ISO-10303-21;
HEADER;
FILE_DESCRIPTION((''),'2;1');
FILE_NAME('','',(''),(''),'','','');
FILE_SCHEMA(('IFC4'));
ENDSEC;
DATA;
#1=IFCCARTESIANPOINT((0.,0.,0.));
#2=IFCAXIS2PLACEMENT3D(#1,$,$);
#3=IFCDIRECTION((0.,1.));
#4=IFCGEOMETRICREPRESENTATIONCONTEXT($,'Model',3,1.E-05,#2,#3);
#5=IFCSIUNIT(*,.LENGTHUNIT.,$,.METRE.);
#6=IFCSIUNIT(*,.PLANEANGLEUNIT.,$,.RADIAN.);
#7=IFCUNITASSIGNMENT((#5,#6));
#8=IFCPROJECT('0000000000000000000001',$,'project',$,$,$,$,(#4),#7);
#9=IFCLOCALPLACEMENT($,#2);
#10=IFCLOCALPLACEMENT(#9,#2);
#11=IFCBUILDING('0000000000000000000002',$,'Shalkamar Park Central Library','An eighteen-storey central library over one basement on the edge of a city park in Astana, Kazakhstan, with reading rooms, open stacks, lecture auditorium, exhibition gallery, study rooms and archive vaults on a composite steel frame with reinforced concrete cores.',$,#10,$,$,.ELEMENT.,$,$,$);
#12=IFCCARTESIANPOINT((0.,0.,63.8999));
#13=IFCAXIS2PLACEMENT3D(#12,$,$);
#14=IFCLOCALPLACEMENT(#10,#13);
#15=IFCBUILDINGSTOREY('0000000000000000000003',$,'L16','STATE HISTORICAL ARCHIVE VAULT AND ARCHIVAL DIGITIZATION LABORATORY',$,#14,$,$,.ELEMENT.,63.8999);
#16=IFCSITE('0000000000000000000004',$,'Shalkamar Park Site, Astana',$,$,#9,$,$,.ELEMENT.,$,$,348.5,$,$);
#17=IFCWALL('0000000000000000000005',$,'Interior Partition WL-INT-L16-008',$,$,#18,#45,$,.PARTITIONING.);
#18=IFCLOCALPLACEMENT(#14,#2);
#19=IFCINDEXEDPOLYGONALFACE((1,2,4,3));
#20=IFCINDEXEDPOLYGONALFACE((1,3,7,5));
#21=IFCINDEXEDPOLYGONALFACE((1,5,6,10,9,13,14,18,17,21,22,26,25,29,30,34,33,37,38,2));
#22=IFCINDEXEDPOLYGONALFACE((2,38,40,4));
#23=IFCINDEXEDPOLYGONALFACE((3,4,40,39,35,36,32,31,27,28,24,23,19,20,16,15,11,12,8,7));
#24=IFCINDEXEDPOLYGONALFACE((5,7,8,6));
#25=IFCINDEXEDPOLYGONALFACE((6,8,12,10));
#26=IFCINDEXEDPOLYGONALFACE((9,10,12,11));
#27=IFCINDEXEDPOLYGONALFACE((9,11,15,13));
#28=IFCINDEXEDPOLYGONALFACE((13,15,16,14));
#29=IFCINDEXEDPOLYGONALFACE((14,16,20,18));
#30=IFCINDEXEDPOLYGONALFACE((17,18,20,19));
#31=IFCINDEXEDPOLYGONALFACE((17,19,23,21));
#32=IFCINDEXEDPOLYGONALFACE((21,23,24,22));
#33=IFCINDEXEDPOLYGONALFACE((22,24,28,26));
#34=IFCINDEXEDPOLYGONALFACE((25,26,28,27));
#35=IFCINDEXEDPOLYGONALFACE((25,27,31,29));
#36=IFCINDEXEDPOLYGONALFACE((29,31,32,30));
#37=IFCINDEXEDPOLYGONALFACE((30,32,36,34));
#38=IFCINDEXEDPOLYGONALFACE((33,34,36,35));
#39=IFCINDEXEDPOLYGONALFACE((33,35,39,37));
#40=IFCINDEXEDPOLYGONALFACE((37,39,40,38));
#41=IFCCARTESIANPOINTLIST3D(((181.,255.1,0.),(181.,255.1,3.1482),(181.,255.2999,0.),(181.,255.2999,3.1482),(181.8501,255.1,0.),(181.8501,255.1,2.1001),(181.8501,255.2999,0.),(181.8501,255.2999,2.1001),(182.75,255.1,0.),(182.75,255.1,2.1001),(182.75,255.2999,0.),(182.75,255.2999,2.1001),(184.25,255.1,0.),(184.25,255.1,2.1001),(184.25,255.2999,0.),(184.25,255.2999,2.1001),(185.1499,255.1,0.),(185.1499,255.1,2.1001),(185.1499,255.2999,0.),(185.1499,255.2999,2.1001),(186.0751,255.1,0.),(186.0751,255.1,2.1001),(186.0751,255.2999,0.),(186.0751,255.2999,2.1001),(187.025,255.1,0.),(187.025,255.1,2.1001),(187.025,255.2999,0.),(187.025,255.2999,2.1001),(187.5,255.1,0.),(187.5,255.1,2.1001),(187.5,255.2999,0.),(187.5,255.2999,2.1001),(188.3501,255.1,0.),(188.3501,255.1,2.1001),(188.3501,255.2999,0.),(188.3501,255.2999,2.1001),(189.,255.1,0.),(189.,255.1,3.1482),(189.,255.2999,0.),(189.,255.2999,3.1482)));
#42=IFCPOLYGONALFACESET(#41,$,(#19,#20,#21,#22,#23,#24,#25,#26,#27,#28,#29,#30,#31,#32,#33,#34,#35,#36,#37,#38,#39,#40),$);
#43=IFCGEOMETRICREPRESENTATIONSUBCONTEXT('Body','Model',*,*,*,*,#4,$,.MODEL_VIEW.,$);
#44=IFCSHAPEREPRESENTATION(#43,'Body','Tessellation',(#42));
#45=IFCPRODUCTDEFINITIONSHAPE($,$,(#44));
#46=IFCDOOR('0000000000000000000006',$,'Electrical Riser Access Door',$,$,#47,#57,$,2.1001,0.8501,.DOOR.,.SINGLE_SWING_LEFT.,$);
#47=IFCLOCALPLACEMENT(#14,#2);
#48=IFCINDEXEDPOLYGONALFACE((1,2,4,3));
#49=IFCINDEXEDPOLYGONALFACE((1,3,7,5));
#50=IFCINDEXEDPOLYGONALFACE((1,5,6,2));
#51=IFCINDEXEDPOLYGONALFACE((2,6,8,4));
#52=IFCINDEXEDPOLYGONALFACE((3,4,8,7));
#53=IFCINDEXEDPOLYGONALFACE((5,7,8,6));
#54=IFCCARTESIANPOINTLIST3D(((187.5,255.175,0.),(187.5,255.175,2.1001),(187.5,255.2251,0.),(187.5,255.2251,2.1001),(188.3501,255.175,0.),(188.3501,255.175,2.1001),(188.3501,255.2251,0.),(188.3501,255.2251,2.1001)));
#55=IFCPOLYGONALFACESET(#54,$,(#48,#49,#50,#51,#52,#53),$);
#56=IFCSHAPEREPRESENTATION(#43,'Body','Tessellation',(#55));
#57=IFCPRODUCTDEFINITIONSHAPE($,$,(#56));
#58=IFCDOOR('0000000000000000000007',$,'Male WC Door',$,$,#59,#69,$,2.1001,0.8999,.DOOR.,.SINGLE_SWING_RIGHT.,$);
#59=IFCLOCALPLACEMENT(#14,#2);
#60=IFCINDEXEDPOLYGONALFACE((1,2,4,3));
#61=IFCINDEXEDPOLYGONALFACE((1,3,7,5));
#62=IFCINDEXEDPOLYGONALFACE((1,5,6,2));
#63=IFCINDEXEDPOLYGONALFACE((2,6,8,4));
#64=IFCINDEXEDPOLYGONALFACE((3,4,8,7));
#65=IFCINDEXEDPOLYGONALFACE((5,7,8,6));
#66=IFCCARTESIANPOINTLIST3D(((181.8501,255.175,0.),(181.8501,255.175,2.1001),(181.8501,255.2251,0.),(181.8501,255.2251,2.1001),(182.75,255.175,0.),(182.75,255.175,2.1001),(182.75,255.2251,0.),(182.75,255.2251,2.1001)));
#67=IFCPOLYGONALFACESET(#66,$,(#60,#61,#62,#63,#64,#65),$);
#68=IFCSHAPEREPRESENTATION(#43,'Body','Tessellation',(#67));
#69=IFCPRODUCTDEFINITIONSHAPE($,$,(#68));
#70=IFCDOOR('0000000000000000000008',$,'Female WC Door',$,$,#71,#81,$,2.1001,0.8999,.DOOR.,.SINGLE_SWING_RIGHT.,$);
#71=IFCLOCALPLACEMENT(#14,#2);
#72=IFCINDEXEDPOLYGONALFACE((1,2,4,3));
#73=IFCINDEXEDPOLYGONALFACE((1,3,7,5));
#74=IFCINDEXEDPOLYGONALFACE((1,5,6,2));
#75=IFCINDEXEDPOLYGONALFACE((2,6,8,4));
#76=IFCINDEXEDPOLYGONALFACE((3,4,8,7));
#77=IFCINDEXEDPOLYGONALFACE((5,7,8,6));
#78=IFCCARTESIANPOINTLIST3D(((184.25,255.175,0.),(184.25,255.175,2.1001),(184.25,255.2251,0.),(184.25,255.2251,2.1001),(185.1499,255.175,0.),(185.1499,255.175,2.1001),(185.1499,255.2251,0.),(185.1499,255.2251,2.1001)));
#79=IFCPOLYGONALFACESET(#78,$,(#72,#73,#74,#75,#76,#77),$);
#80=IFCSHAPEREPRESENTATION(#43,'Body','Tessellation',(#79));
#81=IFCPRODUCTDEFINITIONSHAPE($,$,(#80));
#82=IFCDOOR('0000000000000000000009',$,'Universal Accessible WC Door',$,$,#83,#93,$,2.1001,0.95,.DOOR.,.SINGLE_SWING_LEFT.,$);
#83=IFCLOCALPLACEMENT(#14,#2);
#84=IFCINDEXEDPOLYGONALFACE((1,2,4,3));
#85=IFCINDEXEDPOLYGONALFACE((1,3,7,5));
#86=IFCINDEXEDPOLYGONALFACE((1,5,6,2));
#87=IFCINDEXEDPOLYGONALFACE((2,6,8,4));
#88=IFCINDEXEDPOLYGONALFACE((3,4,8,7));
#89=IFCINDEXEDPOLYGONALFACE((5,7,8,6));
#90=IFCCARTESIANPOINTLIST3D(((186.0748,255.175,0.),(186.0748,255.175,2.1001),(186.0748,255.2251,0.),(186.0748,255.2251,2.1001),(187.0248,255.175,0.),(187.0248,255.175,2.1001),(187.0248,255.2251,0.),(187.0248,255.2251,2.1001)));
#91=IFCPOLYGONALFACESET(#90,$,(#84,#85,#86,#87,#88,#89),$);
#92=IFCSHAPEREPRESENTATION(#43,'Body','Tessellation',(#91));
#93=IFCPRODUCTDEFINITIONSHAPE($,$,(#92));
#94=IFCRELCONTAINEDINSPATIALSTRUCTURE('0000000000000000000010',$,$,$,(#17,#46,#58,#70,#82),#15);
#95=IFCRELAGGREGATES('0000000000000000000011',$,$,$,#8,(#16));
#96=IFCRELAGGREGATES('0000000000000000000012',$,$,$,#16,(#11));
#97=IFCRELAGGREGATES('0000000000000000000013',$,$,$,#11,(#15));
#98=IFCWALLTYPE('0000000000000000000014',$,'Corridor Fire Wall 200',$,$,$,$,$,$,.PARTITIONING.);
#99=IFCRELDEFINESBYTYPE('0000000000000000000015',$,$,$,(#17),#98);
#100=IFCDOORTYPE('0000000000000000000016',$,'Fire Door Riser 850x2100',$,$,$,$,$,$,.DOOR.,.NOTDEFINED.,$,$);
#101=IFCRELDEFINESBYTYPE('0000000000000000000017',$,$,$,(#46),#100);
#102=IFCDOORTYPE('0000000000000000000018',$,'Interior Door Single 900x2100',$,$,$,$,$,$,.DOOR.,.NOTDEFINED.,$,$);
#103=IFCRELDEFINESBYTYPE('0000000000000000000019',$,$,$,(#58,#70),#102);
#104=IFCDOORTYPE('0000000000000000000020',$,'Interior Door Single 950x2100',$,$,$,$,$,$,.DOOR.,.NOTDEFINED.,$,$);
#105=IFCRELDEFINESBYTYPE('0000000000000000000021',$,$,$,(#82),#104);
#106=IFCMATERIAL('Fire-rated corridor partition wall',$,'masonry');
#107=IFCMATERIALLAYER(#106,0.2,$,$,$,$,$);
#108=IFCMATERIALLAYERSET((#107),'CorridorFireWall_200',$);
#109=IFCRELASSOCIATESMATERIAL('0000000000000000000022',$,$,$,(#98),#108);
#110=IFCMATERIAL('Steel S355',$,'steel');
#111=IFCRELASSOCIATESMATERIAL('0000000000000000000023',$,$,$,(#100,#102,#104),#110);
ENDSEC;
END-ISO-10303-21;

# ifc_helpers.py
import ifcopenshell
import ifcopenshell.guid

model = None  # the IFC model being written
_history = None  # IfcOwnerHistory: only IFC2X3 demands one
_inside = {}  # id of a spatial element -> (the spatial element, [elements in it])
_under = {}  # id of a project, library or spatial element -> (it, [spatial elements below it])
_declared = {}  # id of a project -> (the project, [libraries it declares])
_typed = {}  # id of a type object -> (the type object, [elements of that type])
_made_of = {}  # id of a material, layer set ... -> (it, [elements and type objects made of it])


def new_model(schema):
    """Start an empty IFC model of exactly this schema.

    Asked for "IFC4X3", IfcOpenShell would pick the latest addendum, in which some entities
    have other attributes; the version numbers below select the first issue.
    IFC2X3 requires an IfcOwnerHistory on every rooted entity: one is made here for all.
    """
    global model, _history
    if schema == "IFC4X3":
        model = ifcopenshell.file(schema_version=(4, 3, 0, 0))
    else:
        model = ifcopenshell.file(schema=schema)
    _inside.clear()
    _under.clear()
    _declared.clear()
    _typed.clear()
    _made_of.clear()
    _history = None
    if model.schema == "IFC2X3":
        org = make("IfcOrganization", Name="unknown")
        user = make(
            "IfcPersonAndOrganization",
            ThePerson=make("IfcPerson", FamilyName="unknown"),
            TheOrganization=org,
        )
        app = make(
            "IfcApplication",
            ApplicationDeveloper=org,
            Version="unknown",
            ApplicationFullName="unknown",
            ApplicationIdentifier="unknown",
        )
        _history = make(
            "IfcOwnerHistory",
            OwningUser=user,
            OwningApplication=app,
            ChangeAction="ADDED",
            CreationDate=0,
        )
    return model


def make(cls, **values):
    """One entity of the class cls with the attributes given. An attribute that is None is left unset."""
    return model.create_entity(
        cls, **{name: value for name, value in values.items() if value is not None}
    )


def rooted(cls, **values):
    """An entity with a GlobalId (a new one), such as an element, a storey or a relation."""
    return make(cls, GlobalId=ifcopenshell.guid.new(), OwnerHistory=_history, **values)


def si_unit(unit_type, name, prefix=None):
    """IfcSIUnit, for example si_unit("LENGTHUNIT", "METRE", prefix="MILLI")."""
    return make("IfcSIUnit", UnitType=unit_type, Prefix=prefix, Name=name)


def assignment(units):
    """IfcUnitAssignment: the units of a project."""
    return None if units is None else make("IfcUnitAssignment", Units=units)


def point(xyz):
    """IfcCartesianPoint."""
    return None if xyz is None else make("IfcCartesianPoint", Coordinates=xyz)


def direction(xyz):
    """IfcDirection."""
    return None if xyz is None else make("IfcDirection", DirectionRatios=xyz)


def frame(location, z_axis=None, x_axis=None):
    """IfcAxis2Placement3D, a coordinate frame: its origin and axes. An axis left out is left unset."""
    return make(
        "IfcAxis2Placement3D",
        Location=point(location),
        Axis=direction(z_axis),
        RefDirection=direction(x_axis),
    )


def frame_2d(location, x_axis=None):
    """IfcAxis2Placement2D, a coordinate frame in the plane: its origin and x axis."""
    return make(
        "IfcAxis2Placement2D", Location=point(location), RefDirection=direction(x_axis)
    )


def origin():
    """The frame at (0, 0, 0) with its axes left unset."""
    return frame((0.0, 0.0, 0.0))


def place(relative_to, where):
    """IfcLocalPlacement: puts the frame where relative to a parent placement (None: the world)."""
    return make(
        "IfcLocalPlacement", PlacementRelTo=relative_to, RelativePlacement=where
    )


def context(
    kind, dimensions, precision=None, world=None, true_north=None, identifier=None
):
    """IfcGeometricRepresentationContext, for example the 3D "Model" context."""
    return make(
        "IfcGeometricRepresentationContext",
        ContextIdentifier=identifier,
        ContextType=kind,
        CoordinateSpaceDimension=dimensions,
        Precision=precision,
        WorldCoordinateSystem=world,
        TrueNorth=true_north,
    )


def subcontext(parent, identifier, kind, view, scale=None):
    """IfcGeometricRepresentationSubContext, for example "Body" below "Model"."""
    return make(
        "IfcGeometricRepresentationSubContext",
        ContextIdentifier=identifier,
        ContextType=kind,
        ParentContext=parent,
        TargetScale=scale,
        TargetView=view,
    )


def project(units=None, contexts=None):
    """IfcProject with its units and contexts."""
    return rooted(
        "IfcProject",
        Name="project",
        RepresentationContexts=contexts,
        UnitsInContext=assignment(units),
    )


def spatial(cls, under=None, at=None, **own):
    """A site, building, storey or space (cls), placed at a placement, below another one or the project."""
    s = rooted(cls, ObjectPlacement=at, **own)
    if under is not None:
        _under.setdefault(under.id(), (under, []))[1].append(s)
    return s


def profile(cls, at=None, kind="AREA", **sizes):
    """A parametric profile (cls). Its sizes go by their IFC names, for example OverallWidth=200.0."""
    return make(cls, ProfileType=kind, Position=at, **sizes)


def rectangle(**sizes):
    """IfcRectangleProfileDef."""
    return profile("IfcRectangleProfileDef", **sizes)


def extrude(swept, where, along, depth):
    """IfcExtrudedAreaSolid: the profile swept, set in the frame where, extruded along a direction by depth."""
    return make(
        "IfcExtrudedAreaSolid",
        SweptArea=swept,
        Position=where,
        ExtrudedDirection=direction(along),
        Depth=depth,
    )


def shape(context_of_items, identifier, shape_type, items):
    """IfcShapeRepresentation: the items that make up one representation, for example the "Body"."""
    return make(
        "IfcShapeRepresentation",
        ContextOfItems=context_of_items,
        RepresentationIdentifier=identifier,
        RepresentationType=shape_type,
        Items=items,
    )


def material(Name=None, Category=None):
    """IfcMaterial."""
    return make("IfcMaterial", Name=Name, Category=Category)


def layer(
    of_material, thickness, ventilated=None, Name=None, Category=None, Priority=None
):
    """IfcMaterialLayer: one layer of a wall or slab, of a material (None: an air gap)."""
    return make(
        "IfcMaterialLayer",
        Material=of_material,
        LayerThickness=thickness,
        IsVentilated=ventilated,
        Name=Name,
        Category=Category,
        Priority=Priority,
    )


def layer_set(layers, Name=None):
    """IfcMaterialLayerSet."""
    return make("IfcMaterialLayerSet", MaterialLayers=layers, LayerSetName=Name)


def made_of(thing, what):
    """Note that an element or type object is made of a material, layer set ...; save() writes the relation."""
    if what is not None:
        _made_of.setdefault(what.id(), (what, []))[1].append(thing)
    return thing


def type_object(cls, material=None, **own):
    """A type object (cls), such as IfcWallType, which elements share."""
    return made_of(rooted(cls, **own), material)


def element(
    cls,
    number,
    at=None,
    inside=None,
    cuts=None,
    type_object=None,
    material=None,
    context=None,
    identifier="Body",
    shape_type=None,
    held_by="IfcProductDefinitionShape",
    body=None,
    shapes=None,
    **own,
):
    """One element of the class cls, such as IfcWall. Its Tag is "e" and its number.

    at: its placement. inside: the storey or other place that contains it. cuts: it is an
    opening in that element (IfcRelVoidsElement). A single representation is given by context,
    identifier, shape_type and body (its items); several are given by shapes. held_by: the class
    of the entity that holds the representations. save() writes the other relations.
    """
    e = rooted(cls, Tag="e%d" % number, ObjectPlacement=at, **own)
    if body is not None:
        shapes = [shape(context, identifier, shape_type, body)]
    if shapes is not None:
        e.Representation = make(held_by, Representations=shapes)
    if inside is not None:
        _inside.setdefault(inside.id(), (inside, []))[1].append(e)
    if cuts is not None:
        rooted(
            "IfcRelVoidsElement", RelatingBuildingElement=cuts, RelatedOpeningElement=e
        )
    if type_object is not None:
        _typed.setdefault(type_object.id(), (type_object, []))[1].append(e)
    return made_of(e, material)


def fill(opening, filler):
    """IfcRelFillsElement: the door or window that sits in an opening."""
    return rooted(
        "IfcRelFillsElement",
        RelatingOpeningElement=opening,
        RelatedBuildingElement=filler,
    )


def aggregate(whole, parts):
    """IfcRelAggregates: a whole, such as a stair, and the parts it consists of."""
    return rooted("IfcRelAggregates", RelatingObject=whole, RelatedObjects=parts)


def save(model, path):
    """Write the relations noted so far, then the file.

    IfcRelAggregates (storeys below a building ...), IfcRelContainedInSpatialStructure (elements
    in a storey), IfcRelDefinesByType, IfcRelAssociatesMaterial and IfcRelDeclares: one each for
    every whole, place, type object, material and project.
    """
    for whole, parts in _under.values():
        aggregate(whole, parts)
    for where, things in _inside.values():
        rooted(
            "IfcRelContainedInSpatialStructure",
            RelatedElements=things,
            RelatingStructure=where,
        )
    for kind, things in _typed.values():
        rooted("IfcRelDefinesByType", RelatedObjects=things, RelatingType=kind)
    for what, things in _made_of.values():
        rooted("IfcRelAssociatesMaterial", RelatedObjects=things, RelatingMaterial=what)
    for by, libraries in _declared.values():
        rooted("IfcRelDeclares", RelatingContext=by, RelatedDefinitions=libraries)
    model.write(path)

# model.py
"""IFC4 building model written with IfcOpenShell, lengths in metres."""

from ifc_helpers import new_model, si_unit, direction, frame, frame_2d, origin, place, context, subcontext, project, spatial, rectangle, extrude, material, layer, layer_set, type_object, element, fill, save


model = new_model("IFC4")

# Units and contexts
model_context = context("Model", 3, precision=1e-05, world=origin(), true_north=direction((0.0, 1.0)))
body_context = subcontext(model_context, "Body", "Model", "MODEL_VIEW")
ifc_project = project(units=[si_unit("LENGTHUNIT", "METRE"), si_unit("PLANEANGLEUNIT", "RADIAN")], contexts=[model_context])

# Site, building, storey
site_placement = place(None, origin())
site = spatial("IfcSite", under=ifc_project, at=site_placement, Name="Shalkamar Park Site, Astana", CompositionType="ELEMENT", RefElevation=348.5)
building_placement = place(site_placement, origin())
building = spatial("IfcBuilding", under=site, at=building_placement, Name="Shalkamar Park Central Library", Description="An eighteen-storey central library over one basement on the edge of a city park in Astana, Kazakhstan, with reading rooms, open stacks, lecture auditorium, exhibition gallery, study rooms and archive vaults on a composite steel frame with reinforced concrete cores.", CompositionType="ELEMENT")
storey_placement = place(building_placement, frame((0.0, 0.0, 63.8999)))
storey = spatial("IfcBuildingStorey", under=building, at=storey_placement, Name="L16", Description="STATE HISTORICAL ARCHIVE VAULT AND ARCHIVAL DIGITIZATION LABORATORY", CompositionType="ELEMENT", Elevation=63.8999)

# Shared definitions
ifc_material_1 = material(Name="Steel S355", Category="steel")

# Wall, openings, doors
ifc_material_2 = material(Name="Fire-rated corridor partition wall", Category="masonry")
ifc_layer_1 = layer(ifc_material_2, 0.2)
ifc_layer_set_1 = layer_set([ifc_layer_1], Name="CorridorFireWall_200")
wall_type_1 = type_object("IfcWallType", Name="Corridor Fire Wall 200", PredefinedType="PARTITIONING", material=ifc_layer_set_1)
wall_1_placement = place(storey_placement, frame((181.0, 255.2, 0.0), z_axis=(0.0, 0.0, 1.0), x_axis=(1.0, 0.0, 0.0)))
wall_1 = element("IfcWall", 1, at=wall_1_placement, inside=storey, type_object=wall_type_1, Name="Interior Partition WL-INT-L16-008", PredefinedType="PARTITIONING", context=body_context, shape_type="SweptSolid", body=[
    extrude(rectangle(XDim=8.0, YDim=0.2, at=frame_2d((4.0, 0.0))), origin(), (0.0, 0.0, 1.0), 3.1482),
])
opening_1_placement = place(wall_1_placement, frame((0.8501, 0.0, 0.0)))
opening_1 = element("IfcOpeningElement", 2, at=opening_1_placement, cuts=wall_1, PredefinedType="OPENING", context=body_context, shape_type="SweptSolid", body=[
    extrude(rectangle(XDim=0.8999, YDim=2.1001, at=frame_2d((0.45, 1.05))), frame((0.0, 0.1147, 0.0), z_axis=(0.0, -1.0, 0.0), x_axis=(1.0, 0.0, 0.0)), (0.0, 0.0, 1.0), 0.2297),
])
opening_2_placement = place(wall_1_placement, frame((3.25, 0.0, 0.0)))
opening_2 = element("IfcOpeningElement", 3, at=opening_2_placement, cuts=wall_1, PredefinedType="OPENING", context=body_context, shape_type="SweptSolid", body=[
    extrude(rectangle(XDim=0.8999, YDim=2.1001, at=frame_2d((0.45, 1.05))), frame((0.0, 0.1147, 0.0), z_axis=(0.0, -1.0, 0.0), x_axis=(1.0, 0.0, 0.0)), (0.0, 0.0, 1.0), 0.2297),
])
opening_3_placement = place(wall_1_placement, frame((5.075, 0.0, 0.0)))
opening_3 = element("IfcOpeningElement", 4, at=opening_3_placement, cuts=wall_1, PredefinedType="OPENING", context=body_context, shape_type="SweptSolid", body=[
    extrude(rectangle(XDim=0.95, YDim=2.1001, at=frame_2d((0.4751, 1.05))), frame((0.0, 0.1147, 0.0), z_axis=(0.0, -1.0, 0.0), x_axis=(1.0, 0.0, 0.0)), (0.0, 0.0, 1.0), 0.2297),
])
opening_4_placement = place(wall_1_placement, frame((6.5, 0.0, 0.0)))
opening_4 = element("IfcOpeningElement", 5, at=opening_4_placement, cuts=wall_1, PredefinedType="OPENING", context=body_context, shape_type="SweptSolid", body=[
    extrude(rectangle(XDim=0.8501, YDim=2.1001, at=frame_2d((0.425, 1.05))), frame((0.0, 0.1147, 0.0), z_axis=(0.0, -1.0, 0.0), x_axis=(1.0, 0.0, 0.0)), (0.0, 0.0, 1.0), 0.2297),
])
door_type_1 = type_object("IfcDoorType", Name="Fire Door Riser 850x2100", OperationType="NOTDEFINED", PredefinedType="DOOR", material=ifc_material_1)
door_1_placement = place(opening_4_placement, frame((0.8501, 0.0, 0.0), z_axis=(0.0, 0.0, 1.0), x_axis=(-1.0, 0.0, 0.0)))
door_1 = element("IfcDoor", 6, at=door_1_placement, inside=storey, type_object=door_type_1, Name="Electrical Riser Access Door", OperationType="SINGLE_SWING_LEFT", OverallHeight=2.1001, OverallWidth=0.8501, PredefinedType="DOOR", context=body_context, shape_type="SweptSolid", body=[
    extrude(rectangle(XDim=0.8501, YDim=2.1001, at=frame_2d((0.425, 1.05))), frame((0.0, 0.0249, 0.0), z_axis=(0.0, -1.0, 0.0), x_axis=(1.0, 0.0, 0.0)), (0.0, 0.0, 1.0), 0.05),
])
fill(opening_4, door_1)
door_type_2 = type_object("IfcDoorType", Name="Interior Door Single 900x2100", OperationType="NOTDEFINED", PredefinedType="DOOR", material=ifc_material_1)
door_2_placement = place(opening_1_placement, frame((0.8999, 0.0, 0.0), z_axis=(0.0, 0.0, 1.0), x_axis=(-1.0, 0.0, 0.0)))
door_2 = element("IfcDoor", 7, at=door_2_placement, inside=storey, type_object=door_type_2, Name="Male WC Door", OperationType="SINGLE_SWING_RIGHT", OverallHeight=2.1001, OverallWidth=0.8999, PredefinedType="DOOR", context=body_context, shape_type="SweptSolid", body=[
    extrude(rectangle(XDim=0.8999, YDim=2.1001, at=frame_2d((0.45, 1.05))), frame((0.0, 0.0249, 0.0), z_axis=(0.0, -1.0, 0.0), x_axis=(1.0, 0.0, 0.0)), (0.0, 0.0, 1.0), 0.05),
])
fill(opening_1, door_2)
door_3_placement = place(opening_2_placement, frame((0.8999, 0.0, 0.0), z_axis=(0.0, 0.0, 1.0), x_axis=(-1.0, 0.0, 0.0)))
door_3 = element("IfcDoor", 8, at=door_3_placement, inside=storey, type_object=door_type_2, Name="Female WC Door", OperationType="SINGLE_SWING_RIGHT", OverallHeight=2.1001, OverallWidth=0.8999, PredefinedType="DOOR", context=body_context, shape_type="SweptSolid", body=[
    extrude(rectangle(XDim=0.8999, YDim=2.1001, at=frame_2d((0.45, 1.05))), frame((0.0, 0.0249, 0.0), z_axis=(0.0, -1.0, 0.0), x_axis=(1.0, 0.0, 0.0)), (0.0, 0.0, 1.0), 0.05),
])
fill(opening_2, door_3)
door_type_3 = type_object("IfcDoorType", Name="Interior Door Single 950x2100", OperationType="NOTDEFINED", PredefinedType="DOOR", material=ifc_material_1)
door_4_placement = place(opening_3_placement, frame((0.95, 0.0, 0.0), z_axis=(0.0, 0.0, 1.0), x_axis=(-1.0, 0.0, 0.0)))
door_4 = element("IfcDoor", 9, at=door_4_placement, inside=storey, type_object=door_type_3, Name="Universal Accessible WC Door", OperationType="SINGLE_SWING_LEFT", OverallHeight=2.1001, OverallWidth=0.95, PredefinedType="DOOR", context=body_context, shape_type="SweptSolid", body=[
    extrude(rectangle(XDim=0.95, YDim=2.1001, at=frame_2d((0.4751, 1.05))), frame((0.0, 0.0249, 0.0), z_axis=(0.0, -1.0, 0.0), x_axis=(1.0, 0.0, 0.0)), (0.0, 0.0, 1.0), 0.05),
])
fill(opening_3, door_4)

save(model, "model.ifc")
